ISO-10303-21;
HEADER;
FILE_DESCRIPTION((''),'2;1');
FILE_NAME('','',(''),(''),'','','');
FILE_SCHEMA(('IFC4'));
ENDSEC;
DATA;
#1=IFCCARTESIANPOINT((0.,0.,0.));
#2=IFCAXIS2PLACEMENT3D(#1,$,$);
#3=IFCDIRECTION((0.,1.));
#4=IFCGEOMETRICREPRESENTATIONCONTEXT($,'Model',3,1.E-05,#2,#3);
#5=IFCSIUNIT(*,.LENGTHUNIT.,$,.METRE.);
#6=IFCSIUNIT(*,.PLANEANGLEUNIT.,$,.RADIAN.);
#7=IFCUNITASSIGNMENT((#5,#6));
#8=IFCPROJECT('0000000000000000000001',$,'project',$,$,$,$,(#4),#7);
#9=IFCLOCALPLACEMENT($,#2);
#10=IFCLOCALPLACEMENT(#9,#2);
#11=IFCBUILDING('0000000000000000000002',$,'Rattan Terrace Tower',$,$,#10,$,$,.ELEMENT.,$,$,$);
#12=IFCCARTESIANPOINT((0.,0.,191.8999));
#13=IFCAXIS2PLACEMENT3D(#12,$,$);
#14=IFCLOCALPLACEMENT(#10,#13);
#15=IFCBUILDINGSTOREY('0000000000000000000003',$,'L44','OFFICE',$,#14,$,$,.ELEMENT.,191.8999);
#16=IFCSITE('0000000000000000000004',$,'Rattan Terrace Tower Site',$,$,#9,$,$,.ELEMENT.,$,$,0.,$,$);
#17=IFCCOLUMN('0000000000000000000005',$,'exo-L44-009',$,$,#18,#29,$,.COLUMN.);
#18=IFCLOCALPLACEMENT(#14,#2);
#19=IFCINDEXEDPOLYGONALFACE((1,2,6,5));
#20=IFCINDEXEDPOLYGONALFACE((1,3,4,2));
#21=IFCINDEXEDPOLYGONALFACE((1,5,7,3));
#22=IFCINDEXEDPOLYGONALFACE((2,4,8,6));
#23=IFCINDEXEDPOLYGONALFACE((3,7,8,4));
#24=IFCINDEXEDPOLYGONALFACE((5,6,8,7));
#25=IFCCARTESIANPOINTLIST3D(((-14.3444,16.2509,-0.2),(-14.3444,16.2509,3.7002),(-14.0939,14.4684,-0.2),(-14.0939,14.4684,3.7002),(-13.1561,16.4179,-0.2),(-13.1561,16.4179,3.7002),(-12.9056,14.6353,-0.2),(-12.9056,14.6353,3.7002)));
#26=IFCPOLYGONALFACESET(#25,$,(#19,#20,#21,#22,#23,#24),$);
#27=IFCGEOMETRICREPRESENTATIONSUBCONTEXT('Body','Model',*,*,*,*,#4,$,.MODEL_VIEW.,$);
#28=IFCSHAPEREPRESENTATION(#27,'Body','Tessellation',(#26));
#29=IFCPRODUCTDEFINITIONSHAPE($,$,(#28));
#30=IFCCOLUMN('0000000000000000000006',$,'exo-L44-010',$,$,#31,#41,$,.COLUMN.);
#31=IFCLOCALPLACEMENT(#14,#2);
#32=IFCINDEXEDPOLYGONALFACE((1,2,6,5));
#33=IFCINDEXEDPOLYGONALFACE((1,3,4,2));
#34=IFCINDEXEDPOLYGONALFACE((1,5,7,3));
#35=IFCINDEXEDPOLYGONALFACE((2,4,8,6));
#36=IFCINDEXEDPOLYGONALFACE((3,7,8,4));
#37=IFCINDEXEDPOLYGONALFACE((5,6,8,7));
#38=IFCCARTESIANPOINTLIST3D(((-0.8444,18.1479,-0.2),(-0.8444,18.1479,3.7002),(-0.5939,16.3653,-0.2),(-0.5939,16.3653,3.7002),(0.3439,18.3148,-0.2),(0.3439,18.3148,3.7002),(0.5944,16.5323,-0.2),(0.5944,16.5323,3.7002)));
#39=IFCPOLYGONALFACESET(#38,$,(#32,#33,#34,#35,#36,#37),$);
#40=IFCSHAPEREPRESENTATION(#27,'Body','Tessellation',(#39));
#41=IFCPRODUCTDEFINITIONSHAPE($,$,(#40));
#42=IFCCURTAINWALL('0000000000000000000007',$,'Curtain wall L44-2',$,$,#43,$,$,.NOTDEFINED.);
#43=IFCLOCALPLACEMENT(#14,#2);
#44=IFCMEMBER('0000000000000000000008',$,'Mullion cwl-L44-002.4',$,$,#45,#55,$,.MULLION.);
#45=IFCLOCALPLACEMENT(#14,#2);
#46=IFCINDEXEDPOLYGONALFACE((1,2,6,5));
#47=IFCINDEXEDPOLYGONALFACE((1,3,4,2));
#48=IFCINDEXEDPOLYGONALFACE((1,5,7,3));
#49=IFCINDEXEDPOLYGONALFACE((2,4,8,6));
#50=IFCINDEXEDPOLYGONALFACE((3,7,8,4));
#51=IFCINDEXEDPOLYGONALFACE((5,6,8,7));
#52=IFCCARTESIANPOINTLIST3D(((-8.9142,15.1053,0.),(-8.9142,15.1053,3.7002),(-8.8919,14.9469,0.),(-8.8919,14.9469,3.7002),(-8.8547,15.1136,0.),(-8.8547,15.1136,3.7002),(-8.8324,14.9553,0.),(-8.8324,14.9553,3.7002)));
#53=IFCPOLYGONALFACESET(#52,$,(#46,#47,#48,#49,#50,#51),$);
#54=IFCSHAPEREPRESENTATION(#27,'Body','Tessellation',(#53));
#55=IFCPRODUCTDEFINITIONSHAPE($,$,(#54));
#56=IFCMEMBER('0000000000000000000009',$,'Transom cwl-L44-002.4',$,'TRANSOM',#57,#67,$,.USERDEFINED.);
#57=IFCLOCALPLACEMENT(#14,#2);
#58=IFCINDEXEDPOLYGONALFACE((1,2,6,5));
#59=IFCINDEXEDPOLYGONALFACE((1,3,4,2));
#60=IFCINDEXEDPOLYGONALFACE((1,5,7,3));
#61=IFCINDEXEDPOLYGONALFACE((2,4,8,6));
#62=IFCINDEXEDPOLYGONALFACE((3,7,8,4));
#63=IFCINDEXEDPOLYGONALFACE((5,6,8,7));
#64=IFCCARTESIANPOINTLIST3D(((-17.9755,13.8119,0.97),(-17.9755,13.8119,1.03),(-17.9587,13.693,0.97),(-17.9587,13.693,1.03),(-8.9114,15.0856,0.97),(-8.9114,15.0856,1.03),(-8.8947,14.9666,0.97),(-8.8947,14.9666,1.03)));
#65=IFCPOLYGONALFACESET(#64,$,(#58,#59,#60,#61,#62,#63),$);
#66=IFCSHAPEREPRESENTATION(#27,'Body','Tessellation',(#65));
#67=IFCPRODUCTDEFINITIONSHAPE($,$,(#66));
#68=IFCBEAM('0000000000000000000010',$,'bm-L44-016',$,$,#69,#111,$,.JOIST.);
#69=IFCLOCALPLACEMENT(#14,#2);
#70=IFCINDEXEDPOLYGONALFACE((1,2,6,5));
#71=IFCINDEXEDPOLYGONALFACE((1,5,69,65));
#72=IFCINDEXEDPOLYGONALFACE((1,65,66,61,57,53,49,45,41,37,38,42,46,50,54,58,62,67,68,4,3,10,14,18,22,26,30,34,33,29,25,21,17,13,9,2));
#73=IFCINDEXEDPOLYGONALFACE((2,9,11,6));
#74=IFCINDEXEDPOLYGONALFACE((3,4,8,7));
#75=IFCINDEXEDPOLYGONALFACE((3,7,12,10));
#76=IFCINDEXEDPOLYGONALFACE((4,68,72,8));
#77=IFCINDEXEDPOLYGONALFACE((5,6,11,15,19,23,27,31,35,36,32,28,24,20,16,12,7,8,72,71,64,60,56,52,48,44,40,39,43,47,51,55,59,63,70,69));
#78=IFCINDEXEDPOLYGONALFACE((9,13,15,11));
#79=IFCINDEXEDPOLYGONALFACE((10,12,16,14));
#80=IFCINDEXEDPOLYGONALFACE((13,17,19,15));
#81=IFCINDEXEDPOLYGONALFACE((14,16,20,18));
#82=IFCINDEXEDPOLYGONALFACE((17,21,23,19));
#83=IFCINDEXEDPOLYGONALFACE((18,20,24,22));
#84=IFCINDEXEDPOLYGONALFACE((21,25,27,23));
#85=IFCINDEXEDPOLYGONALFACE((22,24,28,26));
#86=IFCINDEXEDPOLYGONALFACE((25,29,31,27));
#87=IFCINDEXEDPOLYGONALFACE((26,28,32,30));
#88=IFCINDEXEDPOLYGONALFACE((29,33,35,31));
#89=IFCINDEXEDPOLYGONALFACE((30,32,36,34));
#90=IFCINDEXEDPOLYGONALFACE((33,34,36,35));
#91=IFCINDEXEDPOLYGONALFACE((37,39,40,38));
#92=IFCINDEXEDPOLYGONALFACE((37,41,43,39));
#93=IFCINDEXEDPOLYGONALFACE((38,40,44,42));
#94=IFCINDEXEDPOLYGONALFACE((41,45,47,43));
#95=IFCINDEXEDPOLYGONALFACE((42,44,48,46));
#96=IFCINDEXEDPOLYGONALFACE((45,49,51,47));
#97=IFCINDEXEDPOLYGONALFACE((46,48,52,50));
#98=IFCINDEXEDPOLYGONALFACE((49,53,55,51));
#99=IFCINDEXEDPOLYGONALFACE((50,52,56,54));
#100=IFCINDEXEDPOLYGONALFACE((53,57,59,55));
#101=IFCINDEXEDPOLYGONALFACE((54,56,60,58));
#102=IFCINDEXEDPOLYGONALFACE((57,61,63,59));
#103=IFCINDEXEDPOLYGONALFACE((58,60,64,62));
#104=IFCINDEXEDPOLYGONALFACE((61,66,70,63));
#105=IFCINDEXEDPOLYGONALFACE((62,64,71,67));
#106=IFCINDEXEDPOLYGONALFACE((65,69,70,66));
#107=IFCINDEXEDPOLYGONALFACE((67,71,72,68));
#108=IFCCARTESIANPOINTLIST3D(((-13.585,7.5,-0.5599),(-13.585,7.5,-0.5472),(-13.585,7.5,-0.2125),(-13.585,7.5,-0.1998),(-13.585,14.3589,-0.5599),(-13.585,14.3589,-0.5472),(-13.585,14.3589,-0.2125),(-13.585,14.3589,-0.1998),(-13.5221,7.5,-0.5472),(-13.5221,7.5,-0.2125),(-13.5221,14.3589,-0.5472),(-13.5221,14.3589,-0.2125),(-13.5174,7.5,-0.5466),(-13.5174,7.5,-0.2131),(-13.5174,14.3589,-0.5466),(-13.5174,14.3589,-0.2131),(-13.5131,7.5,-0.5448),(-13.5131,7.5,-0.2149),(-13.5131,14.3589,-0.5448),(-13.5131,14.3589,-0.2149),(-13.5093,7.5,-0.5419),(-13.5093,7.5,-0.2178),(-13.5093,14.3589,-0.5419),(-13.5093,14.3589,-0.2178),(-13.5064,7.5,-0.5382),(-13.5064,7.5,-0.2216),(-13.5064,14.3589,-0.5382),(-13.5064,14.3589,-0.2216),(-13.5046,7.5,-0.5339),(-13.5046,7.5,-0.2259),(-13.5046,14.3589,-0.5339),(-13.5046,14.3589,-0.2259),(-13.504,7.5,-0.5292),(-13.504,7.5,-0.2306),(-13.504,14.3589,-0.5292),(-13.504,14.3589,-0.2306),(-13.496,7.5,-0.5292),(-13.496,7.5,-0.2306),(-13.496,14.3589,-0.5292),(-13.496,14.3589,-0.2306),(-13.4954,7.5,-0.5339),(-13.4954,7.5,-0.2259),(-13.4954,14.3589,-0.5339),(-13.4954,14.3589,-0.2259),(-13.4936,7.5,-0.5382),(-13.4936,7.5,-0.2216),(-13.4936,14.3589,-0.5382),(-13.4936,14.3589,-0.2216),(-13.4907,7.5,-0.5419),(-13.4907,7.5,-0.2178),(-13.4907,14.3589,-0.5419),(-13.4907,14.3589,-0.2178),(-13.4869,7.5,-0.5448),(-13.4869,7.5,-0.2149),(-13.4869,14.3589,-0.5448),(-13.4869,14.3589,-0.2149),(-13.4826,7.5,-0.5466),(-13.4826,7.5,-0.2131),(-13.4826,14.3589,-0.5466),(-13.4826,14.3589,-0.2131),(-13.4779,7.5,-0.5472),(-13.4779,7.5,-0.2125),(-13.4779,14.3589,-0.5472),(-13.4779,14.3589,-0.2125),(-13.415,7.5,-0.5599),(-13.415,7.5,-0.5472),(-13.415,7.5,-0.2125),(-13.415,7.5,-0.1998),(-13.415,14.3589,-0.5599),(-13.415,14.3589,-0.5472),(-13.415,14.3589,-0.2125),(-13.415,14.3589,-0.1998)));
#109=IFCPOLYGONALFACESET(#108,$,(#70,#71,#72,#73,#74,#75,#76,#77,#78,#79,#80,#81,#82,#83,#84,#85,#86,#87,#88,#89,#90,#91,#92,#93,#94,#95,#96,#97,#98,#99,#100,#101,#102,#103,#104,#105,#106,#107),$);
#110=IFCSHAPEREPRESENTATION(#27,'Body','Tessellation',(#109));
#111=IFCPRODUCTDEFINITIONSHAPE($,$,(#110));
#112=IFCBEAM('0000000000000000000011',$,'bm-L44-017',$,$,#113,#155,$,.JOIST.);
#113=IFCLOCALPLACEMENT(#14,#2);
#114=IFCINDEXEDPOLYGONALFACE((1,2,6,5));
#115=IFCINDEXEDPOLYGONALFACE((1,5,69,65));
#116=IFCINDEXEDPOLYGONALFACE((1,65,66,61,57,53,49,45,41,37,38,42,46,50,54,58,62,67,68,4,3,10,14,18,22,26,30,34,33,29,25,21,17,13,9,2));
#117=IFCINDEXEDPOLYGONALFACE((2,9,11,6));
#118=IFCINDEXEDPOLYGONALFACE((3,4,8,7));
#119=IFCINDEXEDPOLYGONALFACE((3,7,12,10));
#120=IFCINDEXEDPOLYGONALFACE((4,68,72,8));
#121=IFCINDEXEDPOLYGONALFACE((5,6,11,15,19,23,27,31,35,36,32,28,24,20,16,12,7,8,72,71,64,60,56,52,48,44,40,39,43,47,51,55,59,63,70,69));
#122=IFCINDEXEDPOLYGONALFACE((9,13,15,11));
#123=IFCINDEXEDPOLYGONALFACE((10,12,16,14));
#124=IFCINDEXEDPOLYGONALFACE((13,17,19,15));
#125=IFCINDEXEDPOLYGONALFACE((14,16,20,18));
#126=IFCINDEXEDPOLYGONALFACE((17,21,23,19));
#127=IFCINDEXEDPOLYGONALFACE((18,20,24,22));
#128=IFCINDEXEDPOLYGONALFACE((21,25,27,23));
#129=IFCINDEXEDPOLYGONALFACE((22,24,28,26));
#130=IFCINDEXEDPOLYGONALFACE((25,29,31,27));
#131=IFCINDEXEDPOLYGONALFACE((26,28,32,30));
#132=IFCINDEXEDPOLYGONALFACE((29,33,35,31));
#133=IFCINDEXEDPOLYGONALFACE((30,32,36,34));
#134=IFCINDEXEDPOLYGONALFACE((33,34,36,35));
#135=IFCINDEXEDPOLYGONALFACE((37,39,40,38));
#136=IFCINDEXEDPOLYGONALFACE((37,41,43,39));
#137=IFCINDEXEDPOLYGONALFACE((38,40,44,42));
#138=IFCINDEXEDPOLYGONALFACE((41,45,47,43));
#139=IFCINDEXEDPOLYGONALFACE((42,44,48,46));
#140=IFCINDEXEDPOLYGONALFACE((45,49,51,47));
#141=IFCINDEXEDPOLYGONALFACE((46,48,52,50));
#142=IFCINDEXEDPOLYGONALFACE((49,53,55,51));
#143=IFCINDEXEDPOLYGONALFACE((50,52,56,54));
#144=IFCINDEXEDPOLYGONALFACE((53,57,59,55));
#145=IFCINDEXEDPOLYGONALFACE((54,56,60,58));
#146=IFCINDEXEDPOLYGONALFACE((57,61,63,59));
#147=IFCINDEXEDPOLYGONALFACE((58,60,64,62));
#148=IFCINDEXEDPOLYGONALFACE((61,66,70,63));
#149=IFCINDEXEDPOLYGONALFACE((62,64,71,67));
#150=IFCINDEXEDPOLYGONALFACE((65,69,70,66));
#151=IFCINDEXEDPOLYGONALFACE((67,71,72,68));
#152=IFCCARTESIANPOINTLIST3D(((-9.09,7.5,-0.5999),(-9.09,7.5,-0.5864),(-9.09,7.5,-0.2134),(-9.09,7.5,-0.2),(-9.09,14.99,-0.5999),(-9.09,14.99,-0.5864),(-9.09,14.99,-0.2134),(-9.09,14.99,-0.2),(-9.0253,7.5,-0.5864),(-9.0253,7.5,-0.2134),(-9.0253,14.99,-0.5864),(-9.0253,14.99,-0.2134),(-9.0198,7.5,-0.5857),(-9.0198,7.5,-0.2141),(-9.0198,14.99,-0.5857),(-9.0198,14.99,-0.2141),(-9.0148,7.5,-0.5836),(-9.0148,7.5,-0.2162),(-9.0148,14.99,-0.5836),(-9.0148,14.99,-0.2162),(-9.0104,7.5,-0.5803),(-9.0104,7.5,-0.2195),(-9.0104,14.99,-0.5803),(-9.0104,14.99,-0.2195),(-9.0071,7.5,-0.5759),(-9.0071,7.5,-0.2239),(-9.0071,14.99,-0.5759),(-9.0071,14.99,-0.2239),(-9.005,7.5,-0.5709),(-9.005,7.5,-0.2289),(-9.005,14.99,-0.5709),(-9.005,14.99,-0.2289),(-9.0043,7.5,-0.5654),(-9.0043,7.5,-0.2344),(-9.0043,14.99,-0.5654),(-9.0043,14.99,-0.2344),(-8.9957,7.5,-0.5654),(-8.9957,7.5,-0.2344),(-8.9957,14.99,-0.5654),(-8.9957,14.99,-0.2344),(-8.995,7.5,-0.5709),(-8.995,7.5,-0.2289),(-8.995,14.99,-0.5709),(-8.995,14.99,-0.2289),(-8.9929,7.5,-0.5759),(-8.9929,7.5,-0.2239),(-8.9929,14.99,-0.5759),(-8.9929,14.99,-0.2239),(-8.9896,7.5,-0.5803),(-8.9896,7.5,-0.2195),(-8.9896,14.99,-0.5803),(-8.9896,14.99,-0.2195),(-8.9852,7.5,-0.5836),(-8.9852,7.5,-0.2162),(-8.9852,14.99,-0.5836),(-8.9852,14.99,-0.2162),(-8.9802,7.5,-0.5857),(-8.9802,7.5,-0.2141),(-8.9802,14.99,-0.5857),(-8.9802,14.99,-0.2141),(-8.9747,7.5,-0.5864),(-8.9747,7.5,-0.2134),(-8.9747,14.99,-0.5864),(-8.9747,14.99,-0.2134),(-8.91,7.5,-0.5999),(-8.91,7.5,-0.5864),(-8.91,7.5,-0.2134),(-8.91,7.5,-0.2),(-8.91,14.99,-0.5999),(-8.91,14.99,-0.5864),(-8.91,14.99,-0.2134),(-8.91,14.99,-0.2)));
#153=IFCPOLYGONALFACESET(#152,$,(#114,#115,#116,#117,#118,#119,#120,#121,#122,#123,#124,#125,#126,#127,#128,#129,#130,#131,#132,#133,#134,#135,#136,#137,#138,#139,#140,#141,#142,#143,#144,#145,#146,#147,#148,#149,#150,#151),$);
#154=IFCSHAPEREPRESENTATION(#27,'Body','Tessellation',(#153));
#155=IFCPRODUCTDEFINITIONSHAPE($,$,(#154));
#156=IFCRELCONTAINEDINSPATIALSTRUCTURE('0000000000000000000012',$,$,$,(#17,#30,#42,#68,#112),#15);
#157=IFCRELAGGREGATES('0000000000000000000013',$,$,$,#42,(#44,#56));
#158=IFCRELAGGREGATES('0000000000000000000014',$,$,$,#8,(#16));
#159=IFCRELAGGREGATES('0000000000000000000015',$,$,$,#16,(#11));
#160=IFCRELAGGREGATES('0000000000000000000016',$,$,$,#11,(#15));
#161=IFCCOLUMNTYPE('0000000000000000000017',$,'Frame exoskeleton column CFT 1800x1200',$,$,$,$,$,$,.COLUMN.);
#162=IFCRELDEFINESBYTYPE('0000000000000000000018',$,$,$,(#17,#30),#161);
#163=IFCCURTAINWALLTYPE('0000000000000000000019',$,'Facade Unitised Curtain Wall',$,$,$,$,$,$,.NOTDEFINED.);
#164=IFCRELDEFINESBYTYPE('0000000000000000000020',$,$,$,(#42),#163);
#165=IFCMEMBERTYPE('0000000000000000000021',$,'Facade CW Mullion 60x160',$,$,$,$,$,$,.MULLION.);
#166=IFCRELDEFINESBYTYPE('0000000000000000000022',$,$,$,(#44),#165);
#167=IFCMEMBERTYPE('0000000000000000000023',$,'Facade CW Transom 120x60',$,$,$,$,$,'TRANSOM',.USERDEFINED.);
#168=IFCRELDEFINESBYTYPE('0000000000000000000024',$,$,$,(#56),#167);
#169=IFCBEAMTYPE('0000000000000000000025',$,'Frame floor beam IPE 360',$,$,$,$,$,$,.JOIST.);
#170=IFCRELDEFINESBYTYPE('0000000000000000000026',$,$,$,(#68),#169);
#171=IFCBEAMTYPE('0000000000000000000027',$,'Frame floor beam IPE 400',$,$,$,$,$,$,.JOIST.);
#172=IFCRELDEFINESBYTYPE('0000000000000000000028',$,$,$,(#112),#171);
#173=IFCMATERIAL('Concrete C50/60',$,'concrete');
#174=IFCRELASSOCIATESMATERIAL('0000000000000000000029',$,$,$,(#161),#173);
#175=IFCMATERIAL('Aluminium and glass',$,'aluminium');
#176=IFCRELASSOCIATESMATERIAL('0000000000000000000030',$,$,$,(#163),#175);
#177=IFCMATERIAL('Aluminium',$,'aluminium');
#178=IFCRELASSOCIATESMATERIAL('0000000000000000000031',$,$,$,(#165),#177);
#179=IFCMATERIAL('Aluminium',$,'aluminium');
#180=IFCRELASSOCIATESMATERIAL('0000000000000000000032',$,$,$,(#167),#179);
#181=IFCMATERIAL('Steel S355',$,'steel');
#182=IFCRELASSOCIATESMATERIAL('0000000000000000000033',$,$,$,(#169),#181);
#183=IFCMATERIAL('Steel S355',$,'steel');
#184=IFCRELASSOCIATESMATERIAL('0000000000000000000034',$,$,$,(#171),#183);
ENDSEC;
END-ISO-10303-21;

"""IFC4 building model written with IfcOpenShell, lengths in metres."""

from ifc_helpers import new_model, si_unit, direction, frame, origin, origin_2d, place, context, subcontext, project, spatial, rectangle, i_section, extrude, material, material_profile, profile_set, type_object, element, aggregate, save


model = new_model("IFC4")

# Units and contexts
model_context = context("Model", 3, precision=1e-05, world=origin(), true_north=direction((0.0, 1.0)))
body_context = subcontext(model_context, "Body", "Model", "MODEL_VIEW")
ifc_project = project(units=[si_unit("LENGTHUNIT", "METRE"), si_unit("PLANEANGLEUNIT", "RADIAN")], contexts=[model_context])

# Site, building, storey
site_placement = place(None, origin())
site = spatial("IfcSite", under=ifc_project, at=site_placement, Name="Rattan Terrace Tower Site", CompositionType="ELEMENT", RefElevation=0.0)
building_placement = place(site_placement, origin())
building = spatial("IfcBuilding", under=site, at=building_placement, Name="Rattan Terrace Tower", CompositionType="ELEMENT")
storey_placement = place(building_placement, frame((0.0, 0.0, 191.8999)))
storey = spatial("IfcBuildingStorey", under=building, at=storey_placement, Name="L44", Description="OFFICE", CompositionType="ELEMENT", Elevation=191.8999)

# Columns
ifc_material_1 = material(Name="Concrete C50/60", Category="concrete")
ifc_material_profile_1 = material_profile(ifc_material_1, rectangle(XDim=1.2, YDim=1.8, at=origin_2d()), Name="CFT 1800x1200")
ifc_profile_set_1 = profile_set([ifc_material_profile_1], Name="Concrete C50/60")
column_type = type_object("IfcColumnType", Name="Frame exoskeleton column CFT 1800x1200", PredefinedType="COLUMN", material=ifc_profile_set_1)
for number, where, z_axis, x_axis, name in (
    (1, (-13.625, 15.4431, -0.2), (0.0, 0.0, 1.0), (0.99027, 0.139156, 0.0), "exo-L44-009"),
    (2, (-0.125, 17.3401, -0.2), (0.0, 0.0, 1.0), (0.99027, 0.139156, 0.0), "exo-L44-010"),
):
    element("IfcColumn", number, at=place(storey_placement, frame(where, z_axis=z_axis, x_axis=x_axis)), inside=storey, type_object=column_type, Name=name, PredefinedType="COLUMN", context=body_context, shape_type="SweptSolid", body=[
        extrude(rectangle(XDim=1.2, YDim=1.8, at=origin_2d()), origin(), (0.0, 0.0, 1.0), 3.9001),
    ])

# Curtain wall, members
ifc_material_2 = material(Name="Aluminium and glass", Category="aluminium")
curtain_wall_type = type_object("IfcCurtainWallType", Name="Facade Unitised Curtain Wall", PredefinedType="NOTDEFINED", material=ifc_material_2)
curtain_wall_placement = place(storey_placement, origin())
curtain_wall = element("IfcCurtainWall", 3, at=curtain_wall_placement, inside=storey, type_object=curtain_wall_type, Name="Curtain wall L44-2", PredefinedType="NOTDEFINED")
ifc_material_3 = material(Name="Aluminium", Category="aluminium")
ifc_material_profile_2 = material_profile(ifc_material_3, rectangle(XDim=0.0601, YDim=0.1599, at=origin_2d()), Name="Aluminium 60x160")
ifc_profile_set_2 = profile_set([ifc_material_profile_2], Name="Aluminium")
member_type_1 = type_object("IfcMemberType", Name="Facade CW Mullion 60x160", PredefinedType="MULLION", material=ifc_profile_set_2)
member_1_placement = place(storey_placement, frame((-8.8733, 15.0303, 0.0), z_axis=(0.0, 0.0, 1.0), x_axis=(-0.99027, -0.139161, 0.0)))
member_1 = element("IfcMember", 4, at=member_1_placement, type_object=member_type_1, Name="Mullion cwl-L44-002.4", PredefinedType="MULLION", context=body_context, shape_type="SweptSolid", body=[
    extrude(rectangle(XDim=0.0601, YDim=0.1599, at=origin_2d()), origin(), (0.0, 0.0, 1.0), 3.7002),
])
ifc_material_4 = material(Name="Aluminium", Category="aluminium")
ifc_material_profile_3 = material_profile(ifc_material_4, rectangle(XDim=0.1201, YDim=0.0601, at=origin_2d()), Name="Aluminium 120x60")
ifc_profile_set_3 = profile_set([ifc_material_profile_3], Name="Aluminium")
member_type_2 = type_object("IfcMemberType", Name="Facade CW Transom 120x60", ElementType="TRANSOM", PredefinedType="USERDEFINED", material=ifc_profile_set_3)
member_2_placement = place(storey_placement, frame((-8.9031, 15.0261, 1.0), z_axis=(-0.990271, -0.139154, 0.0), x_axis=(0.139154, -0.990271, 0.0)))
member_2 = element("IfcMember", 5, at=member_2_placement, type_object=member_type_2, Name="Transom cwl-L44-002.4", ObjectType="TRANSOM", PredefinedType="USERDEFINED", context=body_context, shape_type="SweptSolid", body=[
    extrude(rectangle(XDim=0.1201, YDim=0.0601, at=origin_2d()), origin(), (0.0, 0.0, 1.0), 9.1531),
])

# Beams
ifc_material_5 = material(Name="Steel S355", Category="steel")
ifc_material_profile_4 = material_profile(ifc_material_5, i_section(OverallWidth=0.1699, OverallDepth=0.3601, WebThickness=0.0081, FlangeThickness=0.0127, FilletRadius=0.0181, at=origin_2d()), Name="IPE 360")
ifc_profile_set_4 = profile_set([ifc_material_profile_4], Name="Steel S355")
beam_type_1 = type_object("IfcBeamType", Name="Frame floor beam IPE 360", PredefinedType="JOIST", material=ifc_profile_set_4)
beam_1_placement = place(storey_placement, frame((-13.5, 7.5, -0.3799), z_axis=(0.0, 1.0, 0.0), x_axis=(-1.0, 0.0, 0.0)))
element("IfcBeam", 6, at=beam_1_placement, inside=storey, type_object=beam_type_1, Name="bm-L44-016", PredefinedType="JOIST", context=body_context, shape_type="SweptSolid", body=[
    extrude(i_section(OverallWidth=0.1699, OverallDepth=0.3601, WebThickness=0.0081, FlangeThickness=0.0127, FilletRadius=0.0181, at=origin_2d()), origin(), (0.0, 0.0, 1.0), 6.8589),
])
ifc_material_6 = material(Name="Steel S355", Category="steel")
ifc_material_profile_5 = material_profile(ifc_material_6, i_section(OverallWidth=0.1799, OverallDepth=0.3999, WebThickness=0.0085, FlangeThickness=0.0134, FilletRadius=0.021, at=origin_2d()), Name="IPE 400")
ifc_profile_set_5 = profile_set([ifc_material_profile_5], Name="Steel S355")
beam_type_2 = type_object("IfcBeamType", Name="Frame floor beam IPE 400", PredefinedType="JOIST", material=ifc_profile_set_5)
beam_2_placement = place(storey_placement, frame((-9.0, 7.5, -0.3999), z_axis=(0.0, 1.0, 0.0), x_axis=(-1.0, 0.0, 0.0)))
element("IfcBeam", 7, at=beam_2_placement, inside=storey, type_object=beam_type_2, Name="bm-L44-017", PredefinedType="JOIST", context=body_context, shape_type="SweptSolid", body=[
    extrude(i_section(OverallWidth=0.1799, OverallDepth=0.3999, WebThickness=0.0085, FlangeThickness=0.0134, FilletRadius=0.021, at=origin_2d()), origin(), (0.0, 0.0, 1.0), 7.49),
])

aggregate(curtain_wall, [member_1, member_2])

save(model, "model.ifc")
